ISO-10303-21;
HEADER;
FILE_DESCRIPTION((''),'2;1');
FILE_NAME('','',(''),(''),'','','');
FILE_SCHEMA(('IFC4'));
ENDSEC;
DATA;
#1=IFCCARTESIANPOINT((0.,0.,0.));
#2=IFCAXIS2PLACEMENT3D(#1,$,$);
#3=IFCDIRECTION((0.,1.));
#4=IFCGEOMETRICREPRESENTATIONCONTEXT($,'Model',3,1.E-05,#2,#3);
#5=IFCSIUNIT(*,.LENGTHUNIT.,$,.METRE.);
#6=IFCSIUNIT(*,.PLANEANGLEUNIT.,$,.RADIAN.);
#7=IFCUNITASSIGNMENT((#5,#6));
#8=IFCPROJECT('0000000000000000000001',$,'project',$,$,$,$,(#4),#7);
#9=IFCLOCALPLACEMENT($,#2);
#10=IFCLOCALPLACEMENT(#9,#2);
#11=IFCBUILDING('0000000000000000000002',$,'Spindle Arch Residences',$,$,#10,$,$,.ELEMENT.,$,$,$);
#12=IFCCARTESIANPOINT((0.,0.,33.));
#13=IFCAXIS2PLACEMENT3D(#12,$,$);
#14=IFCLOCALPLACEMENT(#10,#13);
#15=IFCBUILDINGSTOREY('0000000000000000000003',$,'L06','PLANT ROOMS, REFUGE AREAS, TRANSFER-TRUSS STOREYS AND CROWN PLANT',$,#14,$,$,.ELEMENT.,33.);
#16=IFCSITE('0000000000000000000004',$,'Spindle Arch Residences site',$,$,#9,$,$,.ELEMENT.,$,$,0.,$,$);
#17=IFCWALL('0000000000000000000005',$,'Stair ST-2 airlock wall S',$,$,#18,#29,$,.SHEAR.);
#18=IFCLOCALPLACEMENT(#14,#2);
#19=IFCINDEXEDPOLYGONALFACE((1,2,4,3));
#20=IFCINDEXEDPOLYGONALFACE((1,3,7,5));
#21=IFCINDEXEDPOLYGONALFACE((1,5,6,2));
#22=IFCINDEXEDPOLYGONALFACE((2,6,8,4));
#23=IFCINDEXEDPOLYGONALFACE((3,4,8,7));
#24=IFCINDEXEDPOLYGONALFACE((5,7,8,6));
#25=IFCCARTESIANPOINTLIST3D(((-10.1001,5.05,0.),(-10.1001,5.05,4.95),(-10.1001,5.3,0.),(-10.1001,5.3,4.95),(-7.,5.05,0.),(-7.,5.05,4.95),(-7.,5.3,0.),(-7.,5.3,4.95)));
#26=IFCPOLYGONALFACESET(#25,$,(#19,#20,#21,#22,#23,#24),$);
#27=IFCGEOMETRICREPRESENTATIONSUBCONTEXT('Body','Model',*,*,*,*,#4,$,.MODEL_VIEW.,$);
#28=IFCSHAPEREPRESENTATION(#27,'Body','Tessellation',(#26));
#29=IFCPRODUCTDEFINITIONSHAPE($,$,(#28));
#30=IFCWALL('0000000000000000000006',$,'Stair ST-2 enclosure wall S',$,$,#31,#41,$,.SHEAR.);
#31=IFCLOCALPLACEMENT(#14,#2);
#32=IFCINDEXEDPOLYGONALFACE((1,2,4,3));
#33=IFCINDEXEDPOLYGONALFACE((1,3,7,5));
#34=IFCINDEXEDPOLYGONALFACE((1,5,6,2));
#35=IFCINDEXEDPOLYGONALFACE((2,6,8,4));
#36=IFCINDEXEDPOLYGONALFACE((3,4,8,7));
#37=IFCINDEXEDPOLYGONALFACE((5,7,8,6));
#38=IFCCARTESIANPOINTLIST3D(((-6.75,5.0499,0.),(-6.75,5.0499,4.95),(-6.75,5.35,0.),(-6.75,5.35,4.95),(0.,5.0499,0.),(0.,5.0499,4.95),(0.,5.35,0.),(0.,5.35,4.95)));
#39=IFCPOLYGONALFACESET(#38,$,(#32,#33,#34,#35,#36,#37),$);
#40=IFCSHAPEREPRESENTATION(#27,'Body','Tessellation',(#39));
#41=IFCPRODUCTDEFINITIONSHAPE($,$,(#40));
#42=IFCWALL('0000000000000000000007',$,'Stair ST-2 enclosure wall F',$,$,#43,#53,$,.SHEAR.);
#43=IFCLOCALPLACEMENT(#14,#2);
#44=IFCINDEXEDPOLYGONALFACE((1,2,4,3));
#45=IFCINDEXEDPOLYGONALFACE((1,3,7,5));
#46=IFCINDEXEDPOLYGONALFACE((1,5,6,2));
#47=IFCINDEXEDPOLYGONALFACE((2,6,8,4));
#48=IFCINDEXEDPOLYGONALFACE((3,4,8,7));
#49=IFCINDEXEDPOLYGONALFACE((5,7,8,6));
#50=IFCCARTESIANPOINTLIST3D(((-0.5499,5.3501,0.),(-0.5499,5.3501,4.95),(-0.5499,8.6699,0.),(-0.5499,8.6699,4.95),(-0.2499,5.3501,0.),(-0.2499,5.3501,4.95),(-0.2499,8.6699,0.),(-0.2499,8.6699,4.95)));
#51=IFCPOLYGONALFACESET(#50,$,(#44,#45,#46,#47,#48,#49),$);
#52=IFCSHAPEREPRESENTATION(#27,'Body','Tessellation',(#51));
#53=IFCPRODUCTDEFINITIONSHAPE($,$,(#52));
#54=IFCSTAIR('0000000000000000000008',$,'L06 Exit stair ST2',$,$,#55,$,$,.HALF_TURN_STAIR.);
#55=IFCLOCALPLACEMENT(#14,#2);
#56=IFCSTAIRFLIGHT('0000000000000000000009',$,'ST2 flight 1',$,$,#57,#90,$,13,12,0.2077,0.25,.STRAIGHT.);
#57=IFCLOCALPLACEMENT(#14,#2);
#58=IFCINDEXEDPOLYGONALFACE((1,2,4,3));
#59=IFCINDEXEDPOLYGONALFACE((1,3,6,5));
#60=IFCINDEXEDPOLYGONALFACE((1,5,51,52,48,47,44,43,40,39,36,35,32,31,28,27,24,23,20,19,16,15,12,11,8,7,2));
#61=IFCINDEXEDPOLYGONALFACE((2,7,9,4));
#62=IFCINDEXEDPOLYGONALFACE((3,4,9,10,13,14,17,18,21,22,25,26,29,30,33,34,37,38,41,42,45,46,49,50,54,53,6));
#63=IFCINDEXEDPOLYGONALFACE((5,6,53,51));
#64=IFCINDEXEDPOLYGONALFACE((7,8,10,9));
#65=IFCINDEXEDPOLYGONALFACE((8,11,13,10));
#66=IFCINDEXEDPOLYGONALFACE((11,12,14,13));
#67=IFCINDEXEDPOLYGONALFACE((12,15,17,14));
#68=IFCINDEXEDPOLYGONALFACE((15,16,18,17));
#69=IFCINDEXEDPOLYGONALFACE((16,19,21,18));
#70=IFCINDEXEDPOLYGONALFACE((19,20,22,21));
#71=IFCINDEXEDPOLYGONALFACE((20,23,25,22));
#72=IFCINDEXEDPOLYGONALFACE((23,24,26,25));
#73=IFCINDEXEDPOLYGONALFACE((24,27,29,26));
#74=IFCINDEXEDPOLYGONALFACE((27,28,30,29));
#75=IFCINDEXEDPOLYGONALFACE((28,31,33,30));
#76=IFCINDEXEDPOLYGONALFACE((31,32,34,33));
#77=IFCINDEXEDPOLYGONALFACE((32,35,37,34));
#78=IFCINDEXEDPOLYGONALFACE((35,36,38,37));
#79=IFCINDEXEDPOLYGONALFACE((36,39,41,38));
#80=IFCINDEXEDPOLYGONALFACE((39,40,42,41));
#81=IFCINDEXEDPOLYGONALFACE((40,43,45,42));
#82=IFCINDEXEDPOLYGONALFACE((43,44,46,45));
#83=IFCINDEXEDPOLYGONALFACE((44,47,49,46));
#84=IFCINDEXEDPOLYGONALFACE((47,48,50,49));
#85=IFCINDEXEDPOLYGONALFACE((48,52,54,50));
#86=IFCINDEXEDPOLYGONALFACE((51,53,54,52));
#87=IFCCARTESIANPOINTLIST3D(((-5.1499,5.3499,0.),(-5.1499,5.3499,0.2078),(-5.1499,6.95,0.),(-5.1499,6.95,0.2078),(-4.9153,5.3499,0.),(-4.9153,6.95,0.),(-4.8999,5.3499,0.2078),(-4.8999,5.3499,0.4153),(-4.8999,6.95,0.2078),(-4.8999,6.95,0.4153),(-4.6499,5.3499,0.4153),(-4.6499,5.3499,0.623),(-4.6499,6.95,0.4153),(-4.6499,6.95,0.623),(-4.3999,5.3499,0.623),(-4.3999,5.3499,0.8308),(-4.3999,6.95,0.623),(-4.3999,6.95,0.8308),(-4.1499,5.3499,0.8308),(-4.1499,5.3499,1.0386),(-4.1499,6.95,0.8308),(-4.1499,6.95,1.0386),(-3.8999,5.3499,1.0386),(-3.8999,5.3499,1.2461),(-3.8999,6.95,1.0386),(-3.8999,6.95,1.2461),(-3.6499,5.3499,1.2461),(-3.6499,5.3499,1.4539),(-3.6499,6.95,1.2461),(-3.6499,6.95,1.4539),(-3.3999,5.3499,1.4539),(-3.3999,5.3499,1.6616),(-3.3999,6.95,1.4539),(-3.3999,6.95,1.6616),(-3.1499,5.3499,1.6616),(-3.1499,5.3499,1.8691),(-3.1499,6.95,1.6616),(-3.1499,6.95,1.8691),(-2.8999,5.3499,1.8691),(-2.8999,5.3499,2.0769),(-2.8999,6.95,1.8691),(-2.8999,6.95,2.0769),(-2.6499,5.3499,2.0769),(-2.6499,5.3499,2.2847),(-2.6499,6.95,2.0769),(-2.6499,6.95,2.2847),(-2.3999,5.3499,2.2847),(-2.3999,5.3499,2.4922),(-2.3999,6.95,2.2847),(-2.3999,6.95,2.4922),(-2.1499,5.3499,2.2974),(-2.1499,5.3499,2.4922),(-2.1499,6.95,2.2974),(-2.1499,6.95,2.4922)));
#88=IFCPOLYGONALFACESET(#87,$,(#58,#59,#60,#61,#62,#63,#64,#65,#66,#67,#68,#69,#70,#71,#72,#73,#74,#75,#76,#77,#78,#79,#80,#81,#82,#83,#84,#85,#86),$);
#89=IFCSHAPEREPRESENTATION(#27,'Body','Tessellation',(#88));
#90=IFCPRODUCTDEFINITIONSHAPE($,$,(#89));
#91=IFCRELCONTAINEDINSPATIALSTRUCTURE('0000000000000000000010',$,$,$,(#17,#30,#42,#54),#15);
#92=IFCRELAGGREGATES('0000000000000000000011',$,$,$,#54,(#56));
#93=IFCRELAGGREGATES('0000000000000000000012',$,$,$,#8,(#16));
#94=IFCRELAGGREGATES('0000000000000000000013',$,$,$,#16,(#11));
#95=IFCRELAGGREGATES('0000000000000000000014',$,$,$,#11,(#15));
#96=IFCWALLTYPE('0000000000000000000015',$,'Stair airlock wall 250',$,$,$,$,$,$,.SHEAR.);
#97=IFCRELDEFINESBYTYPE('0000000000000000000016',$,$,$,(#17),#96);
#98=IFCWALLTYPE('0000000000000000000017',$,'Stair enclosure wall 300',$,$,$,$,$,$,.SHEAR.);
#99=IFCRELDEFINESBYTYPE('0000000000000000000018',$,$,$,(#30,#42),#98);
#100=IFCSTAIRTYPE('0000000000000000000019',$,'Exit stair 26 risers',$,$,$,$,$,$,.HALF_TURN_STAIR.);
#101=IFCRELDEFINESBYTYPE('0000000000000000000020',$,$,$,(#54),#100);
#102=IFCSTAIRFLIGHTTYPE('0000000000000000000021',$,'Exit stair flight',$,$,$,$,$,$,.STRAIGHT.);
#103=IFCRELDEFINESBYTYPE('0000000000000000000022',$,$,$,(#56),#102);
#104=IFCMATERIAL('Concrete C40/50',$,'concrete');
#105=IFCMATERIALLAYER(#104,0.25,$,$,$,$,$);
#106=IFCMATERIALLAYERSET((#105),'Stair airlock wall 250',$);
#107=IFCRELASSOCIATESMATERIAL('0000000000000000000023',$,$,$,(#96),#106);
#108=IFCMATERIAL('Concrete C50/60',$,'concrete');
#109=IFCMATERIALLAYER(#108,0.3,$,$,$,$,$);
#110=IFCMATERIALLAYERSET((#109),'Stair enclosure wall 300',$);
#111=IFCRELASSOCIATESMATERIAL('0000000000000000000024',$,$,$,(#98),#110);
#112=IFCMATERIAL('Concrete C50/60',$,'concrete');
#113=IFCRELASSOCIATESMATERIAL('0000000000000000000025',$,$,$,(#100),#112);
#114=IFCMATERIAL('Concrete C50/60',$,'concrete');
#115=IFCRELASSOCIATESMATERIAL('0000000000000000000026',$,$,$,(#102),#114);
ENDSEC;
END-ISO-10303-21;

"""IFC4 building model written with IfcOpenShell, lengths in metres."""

from ifc_helpers import new_model, si_unit, direction, frame, frame_2d, origin, place, context, subcontext, project, spatial, polyline, rectangle, outline, extrude, material, layer, layer_set, type_object, element, aggregate, save


model = new_model("IFC4")

# Units and contexts
model_context = context("Model", 3, precision=1e-05, world=origin(), true_north=direction((0.0, 1.0)))
body_context = subcontext(model_context, "Body", "Model", "MODEL_VIEW")
ifc_project = project(units=[si_unit("LENGTHUNIT", "METRE"), si_unit("PLANEANGLEUNIT", "RADIAN")], contexts=[model_context])

# Site, building, storey
site_placement = place(None, origin())
site = spatial("IfcSite", under=ifc_project, at=site_placement, Name="Spindle Arch Residences site", CompositionType="ELEMENT", RefElevation=0.0)
building_placement = place(site_placement, origin())
building = spatial("IfcBuilding", under=site, at=building_placement, Name="Spindle Arch Residences", CompositionType="ELEMENT")
storey_placement = place(building_placement, frame((0.0, 0.0, 33.0)))
storey = spatial("IfcBuildingStorey", under=building, at=storey_placement, Name="L06", Description="PLANT ROOMS, REFUGE AREAS, TRANSFER-TRUSS STOREYS AND CROWN PLANT", CompositionType="ELEMENT", Elevation=33.0)

# Walls
ifc_material_1 = material(Name="Concrete C40/50", Category="concrete")
ifc_layer_1 = layer(ifc_material_1, 0.25)
ifc_layer_set_1 = layer_set([ifc_layer_1], Name="Stair airlock wall 250")
wall_type_1 = type_object("IfcWallType", Name="Stair airlock wall 250", PredefinedType="SHEAR", material=ifc_layer_set_1)
wall_1_placement = place(storey_placement, frame((-7.0, 5.175, 0.0), z_axis=(0.0, 0.0, 1.0), x_axis=(-1.0, 0.0, 0.0)))
element("IfcWall", 1, at=wall_1_placement, inside=storey, type_object=wall_type_1, Name="Stair ST-2 airlock wall S", PredefinedType="SHEAR", context=body_context, shape_type="SweptSolid", body=[
    extrude(rectangle(XDim=3.1001, YDim=0.25, at=frame_2d((1.55, 0.0))), origin(), (0.0, 0.0, 1.0), 4.95),
])
ifc_material_2 = material(Name="Concrete C50/60", Category="concrete")
ifc_layer_2 = layer(ifc_material_2, 0.3)
ifc_layer_set_2 = layer_set([ifc_layer_2], Name="Stair enclosure wall 300")
wall_type_2 = type_object("IfcWallType", Name="Stair enclosure wall 300", PredefinedType="SHEAR", material=ifc_layer_set_2)
wall_2_placement = place(storey_placement, frame((-6.75, 5.2, 0.0), z_axis=(0.0, 0.0, 1.0), x_axis=(1.0, 0.0, 0.0)))
element("IfcWall", 2, at=wall_2_placement, inside=storey, type_object=wall_type_2, Name="Stair ST-2 enclosure wall S", PredefinedType="SHEAR", context=body_context, shape_type="SweptSolid", body=[
    extrude(rectangle(XDim=6.75, YDim=0.3, at=frame_2d((3.375, 0.0))), origin(), (0.0, 0.0, 1.0), 4.95),
])
wall_3_placement = place(storey_placement, frame((-0.3999, 5.3501, 0.0), z_axis=(0.0, 0.0, 1.0), x_axis=(0.0, 1.0, 0.0)))
element("IfcWall", 3, at=wall_3_placement, inside=storey, type_object=wall_type_2, Name="Stair ST-2 enclosure wall F", PredefinedType="SHEAR", context=body_context, shape_type="SweptSolid", body=[
    extrude(rectangle(XDim=3.3198, YDim=0.3, at=frame_2d((1.6599, 0.0))), origin(), (0.0, 0.0, 1.0), 4.95),
])

# Stair, stair flight
ifc_material_3 = material(Name="Concrete C50/60", Category="concrete")
stair_type = type_object("IfcStairType", Name="Exit stair 26 risers", PredefinedType="HALF_TURN_STAIR", material=ifc_material_3)
stair_placement = place(storey_placement, origin())
stair = element("IfcStair", 4, at=stair_placement, inside=storey, type_object=stair_type, Name="L06 Exit stair ST2", PredefinedType="HALF_TURN_STAIR")
ifc_material_4 = material(Name="Concrete C50/60", Category="concrete")
stair_flight_type = type_object("IfcStairFlightType", Name="Exit stair flight", PredefinedType="STRAIGHT", material=ifc_material_4)
stair_flight_placement = place(storey_placement, frame((-5.1499, 6.1499, 0.0), z_axis=(0.0, 0.0, 1.0), x_axis=(1.0, 0.0, 0.0)))
stair_flight = element("IfcStairFlight", 5, at=stair_flight_placement, type_object=stair_flight_type, Name="ST2 flight 1", NumberOfRisers=13, NumberOfTreads=12, PredefinedType="STRAIGHT", RiserHeight=0.2077, TreadLength=0.25, context=body_context, shape_type="SweptSolid", body=[
    extrude(outline(polyline([(0.0, 0.0), (0.0, 0.2078), (0.25, 0.2078), (0.25, 0.4153), (0.5, 0.4153), (0.5, 0.623), (0.75, 0.623), (0.75, 0.8308), (1.0, 0.8308), (1.0, 1.0386), (1.25, 1.0386), (1.25, 1.2461), (1.5, 1.2461), (1.5, 1.4539), (1.75, 1.4539), (1.75, 1.6616), (2.0, 1.6616), (2.0, 1.8691), (2.25, 1.8691), (2.25, 2.0769), (2.5, 2.0769), (2.5, 2.2847), (2.75, 2.2847), (2.75, 2.4922), (3.0, 2.4922), (3.0, 2.7), (3.0, 2.2974), (0.2346, 0.0), (0.0, 0.0)])), frame((0.0, 0.8, 0.0), z_axis=(0.0, -1.0, 0.0), x_axis=(1.0, 0.0, 0.0)), (0.0, 0.0, 1.0), 1.6001),
])
aggregate(stair, [stair_flight])

save(model, "model.ifc")
